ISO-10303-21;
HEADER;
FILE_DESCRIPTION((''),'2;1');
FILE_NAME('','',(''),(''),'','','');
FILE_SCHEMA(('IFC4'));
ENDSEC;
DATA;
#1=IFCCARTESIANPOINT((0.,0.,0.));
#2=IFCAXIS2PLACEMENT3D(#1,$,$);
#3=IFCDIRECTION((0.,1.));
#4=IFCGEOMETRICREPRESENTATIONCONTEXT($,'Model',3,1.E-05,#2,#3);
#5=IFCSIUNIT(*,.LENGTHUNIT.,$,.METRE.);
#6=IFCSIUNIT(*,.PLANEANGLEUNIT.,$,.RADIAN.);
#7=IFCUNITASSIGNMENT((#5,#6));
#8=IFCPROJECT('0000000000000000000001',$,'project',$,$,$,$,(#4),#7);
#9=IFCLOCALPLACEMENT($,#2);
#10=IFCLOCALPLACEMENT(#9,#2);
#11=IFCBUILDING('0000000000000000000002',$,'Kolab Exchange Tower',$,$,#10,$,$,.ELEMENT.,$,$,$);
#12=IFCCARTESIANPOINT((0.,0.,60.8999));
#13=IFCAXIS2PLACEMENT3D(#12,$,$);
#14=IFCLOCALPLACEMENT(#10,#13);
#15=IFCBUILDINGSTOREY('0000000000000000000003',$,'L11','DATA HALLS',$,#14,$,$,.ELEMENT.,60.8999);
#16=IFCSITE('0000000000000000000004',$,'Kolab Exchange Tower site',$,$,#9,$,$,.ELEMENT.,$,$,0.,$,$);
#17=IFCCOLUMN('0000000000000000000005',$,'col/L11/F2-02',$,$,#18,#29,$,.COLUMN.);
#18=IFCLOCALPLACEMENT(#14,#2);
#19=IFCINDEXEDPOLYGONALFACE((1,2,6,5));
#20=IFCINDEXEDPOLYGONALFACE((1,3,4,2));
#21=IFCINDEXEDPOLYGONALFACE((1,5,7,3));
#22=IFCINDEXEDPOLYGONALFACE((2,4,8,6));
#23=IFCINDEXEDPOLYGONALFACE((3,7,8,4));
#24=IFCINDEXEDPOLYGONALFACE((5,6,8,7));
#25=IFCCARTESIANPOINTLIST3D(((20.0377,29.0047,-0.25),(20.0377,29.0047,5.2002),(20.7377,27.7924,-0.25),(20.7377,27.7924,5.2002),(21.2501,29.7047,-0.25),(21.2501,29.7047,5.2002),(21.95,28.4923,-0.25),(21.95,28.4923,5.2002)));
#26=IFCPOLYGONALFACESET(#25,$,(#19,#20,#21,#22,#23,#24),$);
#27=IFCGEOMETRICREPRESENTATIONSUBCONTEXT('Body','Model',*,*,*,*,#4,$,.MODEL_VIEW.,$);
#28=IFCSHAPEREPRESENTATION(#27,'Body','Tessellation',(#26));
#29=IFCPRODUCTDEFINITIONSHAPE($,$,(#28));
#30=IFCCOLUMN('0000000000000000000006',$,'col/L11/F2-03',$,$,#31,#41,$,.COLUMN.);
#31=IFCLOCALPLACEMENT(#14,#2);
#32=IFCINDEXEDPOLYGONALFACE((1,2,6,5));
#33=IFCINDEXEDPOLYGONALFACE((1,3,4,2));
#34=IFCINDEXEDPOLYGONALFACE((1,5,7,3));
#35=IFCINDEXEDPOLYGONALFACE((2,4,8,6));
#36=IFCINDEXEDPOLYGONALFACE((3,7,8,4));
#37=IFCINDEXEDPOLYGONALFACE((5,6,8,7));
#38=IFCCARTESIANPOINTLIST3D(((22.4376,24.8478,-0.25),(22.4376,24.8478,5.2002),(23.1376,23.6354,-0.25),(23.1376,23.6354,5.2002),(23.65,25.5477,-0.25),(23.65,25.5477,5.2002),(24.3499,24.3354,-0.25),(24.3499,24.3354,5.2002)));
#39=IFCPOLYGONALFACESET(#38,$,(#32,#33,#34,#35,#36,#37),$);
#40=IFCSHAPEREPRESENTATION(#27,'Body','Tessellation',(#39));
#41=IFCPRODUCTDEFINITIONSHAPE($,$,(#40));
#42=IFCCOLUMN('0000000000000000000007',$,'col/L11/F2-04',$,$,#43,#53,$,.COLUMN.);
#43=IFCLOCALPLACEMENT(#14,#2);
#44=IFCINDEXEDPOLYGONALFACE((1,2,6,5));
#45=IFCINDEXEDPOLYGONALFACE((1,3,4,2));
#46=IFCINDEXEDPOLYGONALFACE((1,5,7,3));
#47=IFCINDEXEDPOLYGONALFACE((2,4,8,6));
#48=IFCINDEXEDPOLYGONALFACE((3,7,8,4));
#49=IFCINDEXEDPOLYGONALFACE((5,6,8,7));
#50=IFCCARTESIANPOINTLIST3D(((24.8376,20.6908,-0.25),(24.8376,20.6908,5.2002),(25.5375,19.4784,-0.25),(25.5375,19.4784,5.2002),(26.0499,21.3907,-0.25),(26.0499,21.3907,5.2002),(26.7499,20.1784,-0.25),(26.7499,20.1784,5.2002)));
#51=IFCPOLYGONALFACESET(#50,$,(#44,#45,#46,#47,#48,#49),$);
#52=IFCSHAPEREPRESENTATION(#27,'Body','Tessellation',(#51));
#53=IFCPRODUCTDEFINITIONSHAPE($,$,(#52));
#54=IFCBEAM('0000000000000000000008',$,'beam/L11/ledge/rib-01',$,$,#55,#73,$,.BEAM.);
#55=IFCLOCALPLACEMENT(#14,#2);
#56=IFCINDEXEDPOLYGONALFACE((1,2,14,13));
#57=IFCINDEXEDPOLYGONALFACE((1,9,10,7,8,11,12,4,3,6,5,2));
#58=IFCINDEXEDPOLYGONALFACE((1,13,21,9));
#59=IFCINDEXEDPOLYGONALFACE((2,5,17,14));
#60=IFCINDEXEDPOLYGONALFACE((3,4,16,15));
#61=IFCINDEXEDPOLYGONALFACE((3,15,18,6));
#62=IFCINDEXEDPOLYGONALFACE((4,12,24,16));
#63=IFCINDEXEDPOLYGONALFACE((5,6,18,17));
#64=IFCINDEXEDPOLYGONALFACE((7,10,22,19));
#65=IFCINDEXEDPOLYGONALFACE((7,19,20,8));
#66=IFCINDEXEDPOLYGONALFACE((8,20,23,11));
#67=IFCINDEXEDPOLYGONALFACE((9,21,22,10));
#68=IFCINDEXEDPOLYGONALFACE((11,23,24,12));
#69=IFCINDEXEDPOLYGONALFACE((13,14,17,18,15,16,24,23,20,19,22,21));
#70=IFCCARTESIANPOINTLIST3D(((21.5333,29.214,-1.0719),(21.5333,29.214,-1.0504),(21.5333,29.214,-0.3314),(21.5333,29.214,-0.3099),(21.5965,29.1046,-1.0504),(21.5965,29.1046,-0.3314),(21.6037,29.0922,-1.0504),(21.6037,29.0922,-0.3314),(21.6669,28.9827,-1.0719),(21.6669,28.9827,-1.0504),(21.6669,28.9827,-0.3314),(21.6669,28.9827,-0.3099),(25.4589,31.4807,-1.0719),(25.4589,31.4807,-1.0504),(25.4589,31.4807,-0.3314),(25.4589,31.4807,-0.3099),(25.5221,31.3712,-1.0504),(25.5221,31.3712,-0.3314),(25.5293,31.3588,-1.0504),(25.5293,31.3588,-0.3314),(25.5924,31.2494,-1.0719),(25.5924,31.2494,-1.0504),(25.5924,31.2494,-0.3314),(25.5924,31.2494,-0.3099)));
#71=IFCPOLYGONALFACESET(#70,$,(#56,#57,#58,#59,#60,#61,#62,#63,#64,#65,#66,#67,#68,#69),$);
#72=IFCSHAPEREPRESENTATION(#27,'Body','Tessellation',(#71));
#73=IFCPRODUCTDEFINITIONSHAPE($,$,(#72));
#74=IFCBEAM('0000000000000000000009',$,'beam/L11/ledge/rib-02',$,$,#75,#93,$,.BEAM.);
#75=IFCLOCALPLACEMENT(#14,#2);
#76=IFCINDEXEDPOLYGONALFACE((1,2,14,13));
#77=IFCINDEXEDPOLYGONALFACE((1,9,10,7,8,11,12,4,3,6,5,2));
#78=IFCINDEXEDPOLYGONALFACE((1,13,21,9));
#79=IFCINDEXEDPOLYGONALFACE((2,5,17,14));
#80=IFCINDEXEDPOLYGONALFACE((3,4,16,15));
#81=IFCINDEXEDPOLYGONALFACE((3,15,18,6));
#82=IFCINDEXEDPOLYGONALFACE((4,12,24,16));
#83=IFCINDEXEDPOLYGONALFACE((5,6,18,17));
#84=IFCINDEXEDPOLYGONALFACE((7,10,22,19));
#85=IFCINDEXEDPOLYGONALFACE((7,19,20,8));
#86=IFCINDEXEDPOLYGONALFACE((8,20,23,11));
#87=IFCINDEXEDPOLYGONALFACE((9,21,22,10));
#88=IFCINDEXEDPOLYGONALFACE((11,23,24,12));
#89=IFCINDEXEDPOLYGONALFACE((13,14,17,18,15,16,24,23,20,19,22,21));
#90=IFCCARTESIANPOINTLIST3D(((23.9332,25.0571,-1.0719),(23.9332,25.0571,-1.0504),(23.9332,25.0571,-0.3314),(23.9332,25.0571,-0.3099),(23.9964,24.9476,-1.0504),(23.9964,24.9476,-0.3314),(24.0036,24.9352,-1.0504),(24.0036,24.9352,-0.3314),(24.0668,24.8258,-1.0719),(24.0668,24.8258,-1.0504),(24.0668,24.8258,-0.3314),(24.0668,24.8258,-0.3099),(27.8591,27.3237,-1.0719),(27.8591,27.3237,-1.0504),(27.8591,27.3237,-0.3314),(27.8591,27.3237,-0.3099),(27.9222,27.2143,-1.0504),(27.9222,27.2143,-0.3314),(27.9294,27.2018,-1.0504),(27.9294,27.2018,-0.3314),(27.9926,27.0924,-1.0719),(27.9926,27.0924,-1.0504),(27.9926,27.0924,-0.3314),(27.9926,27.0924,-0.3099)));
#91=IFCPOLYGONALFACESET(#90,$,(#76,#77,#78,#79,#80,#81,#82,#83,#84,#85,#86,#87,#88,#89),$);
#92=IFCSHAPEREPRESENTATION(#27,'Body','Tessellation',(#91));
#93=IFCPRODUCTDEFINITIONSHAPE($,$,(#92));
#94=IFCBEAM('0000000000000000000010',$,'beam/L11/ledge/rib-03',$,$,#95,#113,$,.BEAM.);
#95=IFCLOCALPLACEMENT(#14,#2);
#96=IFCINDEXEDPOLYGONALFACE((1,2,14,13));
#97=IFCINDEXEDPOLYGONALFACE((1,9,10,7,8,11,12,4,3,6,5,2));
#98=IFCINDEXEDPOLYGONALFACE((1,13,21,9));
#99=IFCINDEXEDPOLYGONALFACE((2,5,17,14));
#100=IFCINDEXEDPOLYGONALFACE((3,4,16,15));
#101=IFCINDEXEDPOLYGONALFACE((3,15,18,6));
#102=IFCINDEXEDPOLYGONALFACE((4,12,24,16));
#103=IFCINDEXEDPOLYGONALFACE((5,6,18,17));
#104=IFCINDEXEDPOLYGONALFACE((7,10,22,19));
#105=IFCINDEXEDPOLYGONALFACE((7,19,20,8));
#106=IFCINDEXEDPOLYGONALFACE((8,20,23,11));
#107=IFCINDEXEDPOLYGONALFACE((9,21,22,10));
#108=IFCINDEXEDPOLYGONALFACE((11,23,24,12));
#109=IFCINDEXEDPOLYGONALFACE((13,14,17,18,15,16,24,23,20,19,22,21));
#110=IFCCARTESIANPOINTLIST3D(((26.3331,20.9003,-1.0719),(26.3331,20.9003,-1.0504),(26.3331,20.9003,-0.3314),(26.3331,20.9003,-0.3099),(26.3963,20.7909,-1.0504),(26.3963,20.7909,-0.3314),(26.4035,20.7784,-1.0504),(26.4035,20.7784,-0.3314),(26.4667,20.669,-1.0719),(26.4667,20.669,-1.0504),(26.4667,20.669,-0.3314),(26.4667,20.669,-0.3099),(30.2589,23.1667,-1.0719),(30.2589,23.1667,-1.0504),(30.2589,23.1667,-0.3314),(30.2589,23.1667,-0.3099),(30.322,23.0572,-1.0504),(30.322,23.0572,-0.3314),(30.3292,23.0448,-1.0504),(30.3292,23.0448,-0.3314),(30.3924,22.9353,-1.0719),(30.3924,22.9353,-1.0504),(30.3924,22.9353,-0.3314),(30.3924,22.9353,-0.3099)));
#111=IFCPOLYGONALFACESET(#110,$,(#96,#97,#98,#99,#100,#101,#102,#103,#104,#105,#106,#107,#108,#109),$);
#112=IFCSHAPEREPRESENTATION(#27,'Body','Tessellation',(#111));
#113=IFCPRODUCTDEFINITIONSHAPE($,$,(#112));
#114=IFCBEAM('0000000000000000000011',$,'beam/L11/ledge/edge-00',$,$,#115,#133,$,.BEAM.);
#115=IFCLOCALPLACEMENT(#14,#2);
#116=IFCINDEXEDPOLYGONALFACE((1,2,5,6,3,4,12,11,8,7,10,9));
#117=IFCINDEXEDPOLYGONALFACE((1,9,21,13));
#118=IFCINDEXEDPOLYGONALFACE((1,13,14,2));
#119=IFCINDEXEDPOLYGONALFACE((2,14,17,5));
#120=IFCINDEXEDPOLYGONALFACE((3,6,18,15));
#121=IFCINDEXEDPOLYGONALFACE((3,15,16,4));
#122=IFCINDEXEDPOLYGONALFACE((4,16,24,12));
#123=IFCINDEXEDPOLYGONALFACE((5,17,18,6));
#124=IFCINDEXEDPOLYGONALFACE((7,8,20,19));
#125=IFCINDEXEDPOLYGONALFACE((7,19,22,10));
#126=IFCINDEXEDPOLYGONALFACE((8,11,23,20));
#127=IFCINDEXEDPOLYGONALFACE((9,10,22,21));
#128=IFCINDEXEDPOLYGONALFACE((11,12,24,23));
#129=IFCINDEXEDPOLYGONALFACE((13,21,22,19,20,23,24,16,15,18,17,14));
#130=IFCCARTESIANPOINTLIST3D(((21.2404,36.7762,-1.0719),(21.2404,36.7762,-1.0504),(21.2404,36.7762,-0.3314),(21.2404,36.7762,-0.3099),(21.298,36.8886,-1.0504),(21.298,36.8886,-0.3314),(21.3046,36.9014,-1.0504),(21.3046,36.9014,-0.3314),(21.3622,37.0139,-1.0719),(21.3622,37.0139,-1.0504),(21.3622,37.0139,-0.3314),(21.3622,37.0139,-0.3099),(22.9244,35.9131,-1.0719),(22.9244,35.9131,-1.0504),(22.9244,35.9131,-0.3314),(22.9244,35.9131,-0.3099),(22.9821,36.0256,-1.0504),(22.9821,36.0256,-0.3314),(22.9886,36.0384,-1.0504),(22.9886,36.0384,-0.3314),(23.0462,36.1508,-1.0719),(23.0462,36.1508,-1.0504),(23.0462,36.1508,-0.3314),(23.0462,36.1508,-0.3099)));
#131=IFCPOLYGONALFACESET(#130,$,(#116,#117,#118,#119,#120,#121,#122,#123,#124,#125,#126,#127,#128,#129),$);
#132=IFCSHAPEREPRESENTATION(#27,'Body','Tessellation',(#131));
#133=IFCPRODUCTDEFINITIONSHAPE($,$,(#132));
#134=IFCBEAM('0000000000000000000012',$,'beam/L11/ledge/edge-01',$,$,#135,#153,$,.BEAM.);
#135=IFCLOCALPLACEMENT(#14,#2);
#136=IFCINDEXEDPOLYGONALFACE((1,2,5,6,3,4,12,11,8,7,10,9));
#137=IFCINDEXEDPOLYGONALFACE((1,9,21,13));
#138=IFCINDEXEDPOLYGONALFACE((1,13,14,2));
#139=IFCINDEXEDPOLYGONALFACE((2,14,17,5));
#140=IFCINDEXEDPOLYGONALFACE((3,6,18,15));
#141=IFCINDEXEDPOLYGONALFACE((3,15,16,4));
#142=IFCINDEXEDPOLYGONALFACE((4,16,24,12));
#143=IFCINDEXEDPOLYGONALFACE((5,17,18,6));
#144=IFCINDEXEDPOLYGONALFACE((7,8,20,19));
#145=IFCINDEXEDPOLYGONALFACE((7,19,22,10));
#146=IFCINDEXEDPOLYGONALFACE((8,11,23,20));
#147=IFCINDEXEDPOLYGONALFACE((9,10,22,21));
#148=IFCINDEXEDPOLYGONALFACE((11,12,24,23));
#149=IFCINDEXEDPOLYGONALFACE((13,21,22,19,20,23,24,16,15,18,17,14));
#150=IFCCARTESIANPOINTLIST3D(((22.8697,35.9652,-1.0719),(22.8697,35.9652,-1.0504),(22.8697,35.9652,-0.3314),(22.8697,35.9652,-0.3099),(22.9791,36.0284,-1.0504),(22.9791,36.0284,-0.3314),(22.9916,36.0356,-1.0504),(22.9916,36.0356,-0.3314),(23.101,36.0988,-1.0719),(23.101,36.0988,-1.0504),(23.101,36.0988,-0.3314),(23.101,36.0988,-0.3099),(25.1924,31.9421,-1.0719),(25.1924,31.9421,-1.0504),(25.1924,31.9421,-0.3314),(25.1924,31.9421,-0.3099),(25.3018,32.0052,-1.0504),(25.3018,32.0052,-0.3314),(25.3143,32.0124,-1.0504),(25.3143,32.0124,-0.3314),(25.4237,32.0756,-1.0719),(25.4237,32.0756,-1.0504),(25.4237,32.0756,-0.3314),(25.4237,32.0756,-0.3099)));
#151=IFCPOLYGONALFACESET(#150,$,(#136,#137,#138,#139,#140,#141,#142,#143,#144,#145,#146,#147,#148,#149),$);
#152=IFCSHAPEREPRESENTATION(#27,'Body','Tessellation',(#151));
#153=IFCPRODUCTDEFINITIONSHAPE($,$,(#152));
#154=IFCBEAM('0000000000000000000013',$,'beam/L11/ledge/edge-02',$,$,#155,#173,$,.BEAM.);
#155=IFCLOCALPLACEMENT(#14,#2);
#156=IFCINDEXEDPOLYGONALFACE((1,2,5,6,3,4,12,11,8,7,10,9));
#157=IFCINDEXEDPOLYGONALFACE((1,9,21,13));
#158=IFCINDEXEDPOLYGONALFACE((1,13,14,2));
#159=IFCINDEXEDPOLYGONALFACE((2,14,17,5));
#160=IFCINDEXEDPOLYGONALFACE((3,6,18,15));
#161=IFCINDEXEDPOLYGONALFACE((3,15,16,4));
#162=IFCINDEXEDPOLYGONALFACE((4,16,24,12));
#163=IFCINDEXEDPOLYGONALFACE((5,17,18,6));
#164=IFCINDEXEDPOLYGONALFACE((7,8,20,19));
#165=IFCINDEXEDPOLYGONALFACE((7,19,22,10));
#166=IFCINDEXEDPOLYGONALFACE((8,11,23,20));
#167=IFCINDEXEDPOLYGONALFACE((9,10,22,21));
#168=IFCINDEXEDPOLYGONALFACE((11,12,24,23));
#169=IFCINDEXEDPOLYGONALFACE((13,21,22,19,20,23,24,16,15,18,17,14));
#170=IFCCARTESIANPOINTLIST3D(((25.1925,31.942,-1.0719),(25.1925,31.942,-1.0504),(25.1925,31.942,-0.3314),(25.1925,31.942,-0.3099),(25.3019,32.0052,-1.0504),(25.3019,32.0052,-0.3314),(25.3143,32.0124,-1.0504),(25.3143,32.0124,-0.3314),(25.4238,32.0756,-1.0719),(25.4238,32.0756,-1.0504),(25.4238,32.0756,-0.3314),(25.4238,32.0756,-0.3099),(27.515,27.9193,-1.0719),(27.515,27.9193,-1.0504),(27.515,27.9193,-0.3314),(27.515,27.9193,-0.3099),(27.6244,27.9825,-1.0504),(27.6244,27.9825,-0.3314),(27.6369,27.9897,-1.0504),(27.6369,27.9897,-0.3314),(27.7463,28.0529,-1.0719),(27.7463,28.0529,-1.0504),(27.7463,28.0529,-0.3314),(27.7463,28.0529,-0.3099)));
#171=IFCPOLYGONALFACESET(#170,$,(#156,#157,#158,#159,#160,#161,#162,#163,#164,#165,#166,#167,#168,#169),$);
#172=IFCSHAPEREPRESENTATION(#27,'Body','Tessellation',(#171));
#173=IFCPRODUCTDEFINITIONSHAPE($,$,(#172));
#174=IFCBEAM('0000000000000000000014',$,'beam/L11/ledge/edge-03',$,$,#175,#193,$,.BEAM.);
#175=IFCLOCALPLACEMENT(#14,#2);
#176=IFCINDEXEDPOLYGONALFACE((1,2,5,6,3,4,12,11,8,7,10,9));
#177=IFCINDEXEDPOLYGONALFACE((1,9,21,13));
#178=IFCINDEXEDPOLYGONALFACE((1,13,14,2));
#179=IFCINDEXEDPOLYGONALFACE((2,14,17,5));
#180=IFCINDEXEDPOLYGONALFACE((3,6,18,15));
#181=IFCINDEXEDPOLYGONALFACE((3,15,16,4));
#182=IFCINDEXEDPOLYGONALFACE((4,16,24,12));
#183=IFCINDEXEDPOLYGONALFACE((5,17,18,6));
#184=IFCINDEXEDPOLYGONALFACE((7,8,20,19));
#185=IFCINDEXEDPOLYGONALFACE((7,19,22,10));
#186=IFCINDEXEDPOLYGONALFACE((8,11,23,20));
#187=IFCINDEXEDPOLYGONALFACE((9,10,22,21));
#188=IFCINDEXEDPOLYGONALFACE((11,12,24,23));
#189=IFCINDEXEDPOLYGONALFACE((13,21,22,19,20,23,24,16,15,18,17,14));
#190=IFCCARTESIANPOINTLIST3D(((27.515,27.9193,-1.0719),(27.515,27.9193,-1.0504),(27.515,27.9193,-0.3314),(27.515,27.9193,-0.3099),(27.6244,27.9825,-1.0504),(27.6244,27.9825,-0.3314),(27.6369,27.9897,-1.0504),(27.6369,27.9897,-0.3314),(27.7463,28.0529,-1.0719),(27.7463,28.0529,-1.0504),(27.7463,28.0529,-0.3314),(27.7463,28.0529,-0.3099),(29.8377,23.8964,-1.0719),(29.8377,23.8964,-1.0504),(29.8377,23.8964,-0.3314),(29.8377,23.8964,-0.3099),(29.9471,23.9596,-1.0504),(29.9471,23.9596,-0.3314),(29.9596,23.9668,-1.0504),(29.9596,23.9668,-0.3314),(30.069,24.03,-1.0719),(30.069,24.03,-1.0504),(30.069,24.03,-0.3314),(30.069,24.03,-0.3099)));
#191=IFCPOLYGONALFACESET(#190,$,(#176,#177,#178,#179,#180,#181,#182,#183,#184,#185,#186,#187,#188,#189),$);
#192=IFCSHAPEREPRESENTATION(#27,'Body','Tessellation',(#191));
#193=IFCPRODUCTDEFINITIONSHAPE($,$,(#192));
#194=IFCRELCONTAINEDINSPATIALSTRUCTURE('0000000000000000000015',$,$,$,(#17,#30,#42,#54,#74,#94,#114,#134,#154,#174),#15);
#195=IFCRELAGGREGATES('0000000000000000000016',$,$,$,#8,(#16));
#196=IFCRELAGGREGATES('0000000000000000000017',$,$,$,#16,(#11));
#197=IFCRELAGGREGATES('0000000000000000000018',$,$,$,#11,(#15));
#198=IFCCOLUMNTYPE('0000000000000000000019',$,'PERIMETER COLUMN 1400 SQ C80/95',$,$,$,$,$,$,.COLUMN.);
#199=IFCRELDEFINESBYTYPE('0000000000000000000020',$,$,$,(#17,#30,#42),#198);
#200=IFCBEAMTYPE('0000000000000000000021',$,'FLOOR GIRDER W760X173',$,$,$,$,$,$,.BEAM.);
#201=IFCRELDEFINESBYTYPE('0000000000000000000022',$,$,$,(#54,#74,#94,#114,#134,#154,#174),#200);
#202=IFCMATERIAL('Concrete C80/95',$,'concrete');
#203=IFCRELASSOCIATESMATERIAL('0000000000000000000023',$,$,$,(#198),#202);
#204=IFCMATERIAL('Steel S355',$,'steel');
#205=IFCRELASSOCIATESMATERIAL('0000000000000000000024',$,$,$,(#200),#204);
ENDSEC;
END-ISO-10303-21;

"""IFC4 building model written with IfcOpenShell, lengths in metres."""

from ifc_helpers import new_model, si_unit, direction, frame, origin, origin_2d, place, context, subcontext, project, spatial, rectangle, i_section, extrude, material, material_profile, profile_set, type_object, element, save


model = new_model("IFC4")

# Units and contexts
model_context = context("Model", 3, precision=1e-05, world=origin(), true_north=direction((0.0, 1.0)))
body_context = subcontext(model_context, "Body", "Model", "MODEL_VIEW")
ifc_project = project(units=[si_unit("LENGTHUNIT", "METRE"), si_unit("PLANEANGLEUNIT", "RADIAN")], contexts=[model_context])

# Site, building, storey
site_placement = place(None, origin())
site = spatial("IfcSite", under=ifc_project, at=site_placement, Name="Kolab Exchange Tower site", CompositionType="ELEMENT", RefElevation=0.0)
building_placement = place(site_placement, origin())
building = spatial("IfcBuilding", under=site, at=building_placement, Name="Kolab Exchange Tower", CompositionType="ELEMENT")
storey_placement = place(building_placement, frame((0.0, 0.0, 60.8999)))
storey = spatial("IfcBuildingStorey", under=building, at=storey_placement, Name="L11", Description="DATA HALLS", CompositionType="ELEMENT", Elevation=60.8999)

# Columns
ifc_material_1 = material(Name="Concrete C80/95", Category="concrete")
ifc_material_profile_1 = material_profile(ifc_material_1, rectangle(XDim=1.3999, YDim=1.3999, at=origin_2d()), Name="RC1400")
ifc_profile_set_1 = profile_set([ifc_material_profile_1], Name="Concrete C80/95")
column_type = type_object("IfcColumnType", Name="PERIMETER COLUMN 1400 SQ C80/95", PredefinedType="COLUMN", material=ifc_profile_set_1)
for number, where, z_axis, x_axis, name in (
    (1, (20.9939, 28.7485, -0.25), (0.0, 0.0, 1.0), (0.866025, 0.5, 0.0), "col/L11/F2-02"),
    (2, (23.3938, 24.5916, -0.25), (0.0, 0.0, 1.0), (0.866025, 0.5, 0.0), "col/L11/F2-03"),
    (3, (25.7937, 20.4346, -0.25), (0.0, 0.0, 1.0), (0.866025, 0.5, 0.0), "col/L11/F2-04"),
):
    element("IfcColumn", number, at=place(storey_placement, frame(where, z_axis=z_axis, x_axis=x_axis)), inside=storey, type_object=column_type, Name=name, PredefinedType="COLUMN", context=body_context, shape_type="SweptSolid", body=[
        extrude(rectangle(XDim=1.3999, YDim=1.3999, at=origin_2d()), origin(), (0.0, 0.0, 1.0), 5.4502),
    ])

# Beams
ifc_material_2 = material(Name="Steel S355", Category="steel")
ifc_material_profile_2 = material_profile(ifc_material_2, i_section(OverallWidth=0.2671, OverallDepth=0.762, WebThickness=0.0144, FlangeThickness=0.0215, at=origin_2d()), Name="W760X173")
ifc_profile_set_2 = profile_set([ifc_material_profile_2], Name="Steel S355")
beam_type_1 = type_object("IfcBeamType", Name="FLOOR GIRDER W760X173", PredefinedType="BEAM", material=ifc_profile_set_2)
beam_1_placement = place(storey_placement, frame((21.6001, 29.0984, -0.6909), z_axis=(0.866007, 0.500032, 0.0), x_axis=(-0.500032, 0.866007, 0.0)))
element("IfcBeam", 4, at=beam_1_placement, inside=storey, type_object=beam_type_1, Name="beam/L11/ledge/rib-01", PredefinedType="BEAM", context=body_context, shape_type="SweptSolid", body=[
    extrude(i_section(OverallWidth=0.2671, OverallDepth=0.762, WebThickness=0.0144, FlangeThickness=0.0215, at=origin_2d()), origin(), (0.0, 0.0, 1.0), 4.533),
])
beam_2_placement = place(storey_placement, frame((24.0, 24.9414, -0.6909), z_axis=(0.866021, 0.500008, 0.0), x_axis=(-0.500008, 0.866021, 0.0)))
element("IfcBeam", 5, at=beam_2_placement, inside=storey, type_object=beam_type_1, Name="beam/L11/ledge/rib-02", PredefinedType="BEAM", context=body_context, shape_type="SweptSolid", body=[
    extrude(i_section(OverallWidth=0.2671, OverallDepth=0.762, WebThickness=0.0144, FlangeThickness=0.0215, at=origin_2d()), origin(), (0.0, 0.0, 1.0), 4.5332),
])
beam_3_placement = place(storey_placement, frame((26.3999, 20.7847, -0.6909), z_axis=(0.866044, 0.499968, 0.0), x_axis=(-0.499968, 0.866044, 0.0)))
element("IfcBeam", 6, at=beam_3_placement, inside=storey, type_object=beam_type_1, Name="beam/L11/ledge/rib-03", PredefinedType="BEAM", context=body_context, shape_type="SweptSolid", body=[
    extrude(i_section(OverallWidth=0.2671, OverallDepth=0.762, WebThickness=0.0144, FlangeThickness=0.0215, at=origin_2d()), origin(), (0.0, 0.0, 1.0), 4.533),
])
beam_4_placement = place(storey_placement, frame((21.3013, 36.895, -0.6909), z_axis=(0.889945, -0.456068, 0.0), x_axis=(0.456068, 0.889945, 0.0)))
element("IfcBeam", 7, at=beam_4_placement, inside=storey, type_object=beam_type_1, Name="beam/L11/ledge/edge-00", PredefinedType="BEAM", context=body_context, shape_type="SweptSolid", body=[
    extrude(i_section(OverallWidth=0.2671, OverallDepth=0.762, WebThickness=0.0144, FlangeThickness=0.0215, at=origin_2d()), origin(), (0.0, 0.0, 1.0), 1.8923),
])
beam_5_placement = place(storey_placement, frame((22.9854, 36.032, -0.6909), z_axis=(0.499994, -0.866029, 0.0), x_axis=(0.866029, 0.499994, 0.0)))
element("IfcBeam", 8, at=beam_5_placement, inside=storey, type_object=beam_type_1, Name="beam/L11/ledge/edge-01", PredefinedType="BEAM", context=body_context, shape_type="SweptSolid", body=[
    extrude(i_section(OverallWidth=0.2671, OverallDepth=0.762, WebThickness=0.0144, FlangeThickness=0.0215, at=origin_2d()), origin(), (0.0, 0.0, 1.0), 4.6455),
])
beam_6_placement = place(storey_placement, frame((25.3081, 32.0088, -0.6909), z_axis=(0.5, -0.866025, 0.0), x_axis=(0.866025, 0.5, 0.0)))
element("IfcBeam", 9, at=beam_6_placement, inside=storey, type_object=beam_type_1, Name="beam/L11/ledge/edge-02", PredefinedType="BEAM", context=body_context, shape_type="SweptSolid", body=[
    extrude(i_section(OverallWidth=0.2671, OverallDepth=0.762, WebThickness=0.0144, FlangeThickness=0.0215, at=origin_2d()), origin(), (0.0, 0.0, 1.0), 4.645),
])
for number, where, z_axis, x_axis, name in (
    (10, (27.6306, 27.9861, -0.6909), (0.500017, -0.866016, 0.0), (0.866016, 0.500017, 0.0), "beam/L11/ledge/edge-03"),
):
    element("IfcBeam", number, at=place(storey_placement, frame(where, z_axis=z_axis, x_axis=x_axis)), inside=storey, type_object=beam_type_1, Name=name, PredefinedType="BEAM", context=body_context, shape_type="SweptSolid", body=[
        extrude(i_section(OverallWidth=0.2671, OverallDepth=0.762, WebThickness=0.0144, FlangeThickness=0.0215, at=origin_2d()), origin(), (0.0, 0.0, 1.0), 4.6453),
    ])

save(model, "model.ifc")
